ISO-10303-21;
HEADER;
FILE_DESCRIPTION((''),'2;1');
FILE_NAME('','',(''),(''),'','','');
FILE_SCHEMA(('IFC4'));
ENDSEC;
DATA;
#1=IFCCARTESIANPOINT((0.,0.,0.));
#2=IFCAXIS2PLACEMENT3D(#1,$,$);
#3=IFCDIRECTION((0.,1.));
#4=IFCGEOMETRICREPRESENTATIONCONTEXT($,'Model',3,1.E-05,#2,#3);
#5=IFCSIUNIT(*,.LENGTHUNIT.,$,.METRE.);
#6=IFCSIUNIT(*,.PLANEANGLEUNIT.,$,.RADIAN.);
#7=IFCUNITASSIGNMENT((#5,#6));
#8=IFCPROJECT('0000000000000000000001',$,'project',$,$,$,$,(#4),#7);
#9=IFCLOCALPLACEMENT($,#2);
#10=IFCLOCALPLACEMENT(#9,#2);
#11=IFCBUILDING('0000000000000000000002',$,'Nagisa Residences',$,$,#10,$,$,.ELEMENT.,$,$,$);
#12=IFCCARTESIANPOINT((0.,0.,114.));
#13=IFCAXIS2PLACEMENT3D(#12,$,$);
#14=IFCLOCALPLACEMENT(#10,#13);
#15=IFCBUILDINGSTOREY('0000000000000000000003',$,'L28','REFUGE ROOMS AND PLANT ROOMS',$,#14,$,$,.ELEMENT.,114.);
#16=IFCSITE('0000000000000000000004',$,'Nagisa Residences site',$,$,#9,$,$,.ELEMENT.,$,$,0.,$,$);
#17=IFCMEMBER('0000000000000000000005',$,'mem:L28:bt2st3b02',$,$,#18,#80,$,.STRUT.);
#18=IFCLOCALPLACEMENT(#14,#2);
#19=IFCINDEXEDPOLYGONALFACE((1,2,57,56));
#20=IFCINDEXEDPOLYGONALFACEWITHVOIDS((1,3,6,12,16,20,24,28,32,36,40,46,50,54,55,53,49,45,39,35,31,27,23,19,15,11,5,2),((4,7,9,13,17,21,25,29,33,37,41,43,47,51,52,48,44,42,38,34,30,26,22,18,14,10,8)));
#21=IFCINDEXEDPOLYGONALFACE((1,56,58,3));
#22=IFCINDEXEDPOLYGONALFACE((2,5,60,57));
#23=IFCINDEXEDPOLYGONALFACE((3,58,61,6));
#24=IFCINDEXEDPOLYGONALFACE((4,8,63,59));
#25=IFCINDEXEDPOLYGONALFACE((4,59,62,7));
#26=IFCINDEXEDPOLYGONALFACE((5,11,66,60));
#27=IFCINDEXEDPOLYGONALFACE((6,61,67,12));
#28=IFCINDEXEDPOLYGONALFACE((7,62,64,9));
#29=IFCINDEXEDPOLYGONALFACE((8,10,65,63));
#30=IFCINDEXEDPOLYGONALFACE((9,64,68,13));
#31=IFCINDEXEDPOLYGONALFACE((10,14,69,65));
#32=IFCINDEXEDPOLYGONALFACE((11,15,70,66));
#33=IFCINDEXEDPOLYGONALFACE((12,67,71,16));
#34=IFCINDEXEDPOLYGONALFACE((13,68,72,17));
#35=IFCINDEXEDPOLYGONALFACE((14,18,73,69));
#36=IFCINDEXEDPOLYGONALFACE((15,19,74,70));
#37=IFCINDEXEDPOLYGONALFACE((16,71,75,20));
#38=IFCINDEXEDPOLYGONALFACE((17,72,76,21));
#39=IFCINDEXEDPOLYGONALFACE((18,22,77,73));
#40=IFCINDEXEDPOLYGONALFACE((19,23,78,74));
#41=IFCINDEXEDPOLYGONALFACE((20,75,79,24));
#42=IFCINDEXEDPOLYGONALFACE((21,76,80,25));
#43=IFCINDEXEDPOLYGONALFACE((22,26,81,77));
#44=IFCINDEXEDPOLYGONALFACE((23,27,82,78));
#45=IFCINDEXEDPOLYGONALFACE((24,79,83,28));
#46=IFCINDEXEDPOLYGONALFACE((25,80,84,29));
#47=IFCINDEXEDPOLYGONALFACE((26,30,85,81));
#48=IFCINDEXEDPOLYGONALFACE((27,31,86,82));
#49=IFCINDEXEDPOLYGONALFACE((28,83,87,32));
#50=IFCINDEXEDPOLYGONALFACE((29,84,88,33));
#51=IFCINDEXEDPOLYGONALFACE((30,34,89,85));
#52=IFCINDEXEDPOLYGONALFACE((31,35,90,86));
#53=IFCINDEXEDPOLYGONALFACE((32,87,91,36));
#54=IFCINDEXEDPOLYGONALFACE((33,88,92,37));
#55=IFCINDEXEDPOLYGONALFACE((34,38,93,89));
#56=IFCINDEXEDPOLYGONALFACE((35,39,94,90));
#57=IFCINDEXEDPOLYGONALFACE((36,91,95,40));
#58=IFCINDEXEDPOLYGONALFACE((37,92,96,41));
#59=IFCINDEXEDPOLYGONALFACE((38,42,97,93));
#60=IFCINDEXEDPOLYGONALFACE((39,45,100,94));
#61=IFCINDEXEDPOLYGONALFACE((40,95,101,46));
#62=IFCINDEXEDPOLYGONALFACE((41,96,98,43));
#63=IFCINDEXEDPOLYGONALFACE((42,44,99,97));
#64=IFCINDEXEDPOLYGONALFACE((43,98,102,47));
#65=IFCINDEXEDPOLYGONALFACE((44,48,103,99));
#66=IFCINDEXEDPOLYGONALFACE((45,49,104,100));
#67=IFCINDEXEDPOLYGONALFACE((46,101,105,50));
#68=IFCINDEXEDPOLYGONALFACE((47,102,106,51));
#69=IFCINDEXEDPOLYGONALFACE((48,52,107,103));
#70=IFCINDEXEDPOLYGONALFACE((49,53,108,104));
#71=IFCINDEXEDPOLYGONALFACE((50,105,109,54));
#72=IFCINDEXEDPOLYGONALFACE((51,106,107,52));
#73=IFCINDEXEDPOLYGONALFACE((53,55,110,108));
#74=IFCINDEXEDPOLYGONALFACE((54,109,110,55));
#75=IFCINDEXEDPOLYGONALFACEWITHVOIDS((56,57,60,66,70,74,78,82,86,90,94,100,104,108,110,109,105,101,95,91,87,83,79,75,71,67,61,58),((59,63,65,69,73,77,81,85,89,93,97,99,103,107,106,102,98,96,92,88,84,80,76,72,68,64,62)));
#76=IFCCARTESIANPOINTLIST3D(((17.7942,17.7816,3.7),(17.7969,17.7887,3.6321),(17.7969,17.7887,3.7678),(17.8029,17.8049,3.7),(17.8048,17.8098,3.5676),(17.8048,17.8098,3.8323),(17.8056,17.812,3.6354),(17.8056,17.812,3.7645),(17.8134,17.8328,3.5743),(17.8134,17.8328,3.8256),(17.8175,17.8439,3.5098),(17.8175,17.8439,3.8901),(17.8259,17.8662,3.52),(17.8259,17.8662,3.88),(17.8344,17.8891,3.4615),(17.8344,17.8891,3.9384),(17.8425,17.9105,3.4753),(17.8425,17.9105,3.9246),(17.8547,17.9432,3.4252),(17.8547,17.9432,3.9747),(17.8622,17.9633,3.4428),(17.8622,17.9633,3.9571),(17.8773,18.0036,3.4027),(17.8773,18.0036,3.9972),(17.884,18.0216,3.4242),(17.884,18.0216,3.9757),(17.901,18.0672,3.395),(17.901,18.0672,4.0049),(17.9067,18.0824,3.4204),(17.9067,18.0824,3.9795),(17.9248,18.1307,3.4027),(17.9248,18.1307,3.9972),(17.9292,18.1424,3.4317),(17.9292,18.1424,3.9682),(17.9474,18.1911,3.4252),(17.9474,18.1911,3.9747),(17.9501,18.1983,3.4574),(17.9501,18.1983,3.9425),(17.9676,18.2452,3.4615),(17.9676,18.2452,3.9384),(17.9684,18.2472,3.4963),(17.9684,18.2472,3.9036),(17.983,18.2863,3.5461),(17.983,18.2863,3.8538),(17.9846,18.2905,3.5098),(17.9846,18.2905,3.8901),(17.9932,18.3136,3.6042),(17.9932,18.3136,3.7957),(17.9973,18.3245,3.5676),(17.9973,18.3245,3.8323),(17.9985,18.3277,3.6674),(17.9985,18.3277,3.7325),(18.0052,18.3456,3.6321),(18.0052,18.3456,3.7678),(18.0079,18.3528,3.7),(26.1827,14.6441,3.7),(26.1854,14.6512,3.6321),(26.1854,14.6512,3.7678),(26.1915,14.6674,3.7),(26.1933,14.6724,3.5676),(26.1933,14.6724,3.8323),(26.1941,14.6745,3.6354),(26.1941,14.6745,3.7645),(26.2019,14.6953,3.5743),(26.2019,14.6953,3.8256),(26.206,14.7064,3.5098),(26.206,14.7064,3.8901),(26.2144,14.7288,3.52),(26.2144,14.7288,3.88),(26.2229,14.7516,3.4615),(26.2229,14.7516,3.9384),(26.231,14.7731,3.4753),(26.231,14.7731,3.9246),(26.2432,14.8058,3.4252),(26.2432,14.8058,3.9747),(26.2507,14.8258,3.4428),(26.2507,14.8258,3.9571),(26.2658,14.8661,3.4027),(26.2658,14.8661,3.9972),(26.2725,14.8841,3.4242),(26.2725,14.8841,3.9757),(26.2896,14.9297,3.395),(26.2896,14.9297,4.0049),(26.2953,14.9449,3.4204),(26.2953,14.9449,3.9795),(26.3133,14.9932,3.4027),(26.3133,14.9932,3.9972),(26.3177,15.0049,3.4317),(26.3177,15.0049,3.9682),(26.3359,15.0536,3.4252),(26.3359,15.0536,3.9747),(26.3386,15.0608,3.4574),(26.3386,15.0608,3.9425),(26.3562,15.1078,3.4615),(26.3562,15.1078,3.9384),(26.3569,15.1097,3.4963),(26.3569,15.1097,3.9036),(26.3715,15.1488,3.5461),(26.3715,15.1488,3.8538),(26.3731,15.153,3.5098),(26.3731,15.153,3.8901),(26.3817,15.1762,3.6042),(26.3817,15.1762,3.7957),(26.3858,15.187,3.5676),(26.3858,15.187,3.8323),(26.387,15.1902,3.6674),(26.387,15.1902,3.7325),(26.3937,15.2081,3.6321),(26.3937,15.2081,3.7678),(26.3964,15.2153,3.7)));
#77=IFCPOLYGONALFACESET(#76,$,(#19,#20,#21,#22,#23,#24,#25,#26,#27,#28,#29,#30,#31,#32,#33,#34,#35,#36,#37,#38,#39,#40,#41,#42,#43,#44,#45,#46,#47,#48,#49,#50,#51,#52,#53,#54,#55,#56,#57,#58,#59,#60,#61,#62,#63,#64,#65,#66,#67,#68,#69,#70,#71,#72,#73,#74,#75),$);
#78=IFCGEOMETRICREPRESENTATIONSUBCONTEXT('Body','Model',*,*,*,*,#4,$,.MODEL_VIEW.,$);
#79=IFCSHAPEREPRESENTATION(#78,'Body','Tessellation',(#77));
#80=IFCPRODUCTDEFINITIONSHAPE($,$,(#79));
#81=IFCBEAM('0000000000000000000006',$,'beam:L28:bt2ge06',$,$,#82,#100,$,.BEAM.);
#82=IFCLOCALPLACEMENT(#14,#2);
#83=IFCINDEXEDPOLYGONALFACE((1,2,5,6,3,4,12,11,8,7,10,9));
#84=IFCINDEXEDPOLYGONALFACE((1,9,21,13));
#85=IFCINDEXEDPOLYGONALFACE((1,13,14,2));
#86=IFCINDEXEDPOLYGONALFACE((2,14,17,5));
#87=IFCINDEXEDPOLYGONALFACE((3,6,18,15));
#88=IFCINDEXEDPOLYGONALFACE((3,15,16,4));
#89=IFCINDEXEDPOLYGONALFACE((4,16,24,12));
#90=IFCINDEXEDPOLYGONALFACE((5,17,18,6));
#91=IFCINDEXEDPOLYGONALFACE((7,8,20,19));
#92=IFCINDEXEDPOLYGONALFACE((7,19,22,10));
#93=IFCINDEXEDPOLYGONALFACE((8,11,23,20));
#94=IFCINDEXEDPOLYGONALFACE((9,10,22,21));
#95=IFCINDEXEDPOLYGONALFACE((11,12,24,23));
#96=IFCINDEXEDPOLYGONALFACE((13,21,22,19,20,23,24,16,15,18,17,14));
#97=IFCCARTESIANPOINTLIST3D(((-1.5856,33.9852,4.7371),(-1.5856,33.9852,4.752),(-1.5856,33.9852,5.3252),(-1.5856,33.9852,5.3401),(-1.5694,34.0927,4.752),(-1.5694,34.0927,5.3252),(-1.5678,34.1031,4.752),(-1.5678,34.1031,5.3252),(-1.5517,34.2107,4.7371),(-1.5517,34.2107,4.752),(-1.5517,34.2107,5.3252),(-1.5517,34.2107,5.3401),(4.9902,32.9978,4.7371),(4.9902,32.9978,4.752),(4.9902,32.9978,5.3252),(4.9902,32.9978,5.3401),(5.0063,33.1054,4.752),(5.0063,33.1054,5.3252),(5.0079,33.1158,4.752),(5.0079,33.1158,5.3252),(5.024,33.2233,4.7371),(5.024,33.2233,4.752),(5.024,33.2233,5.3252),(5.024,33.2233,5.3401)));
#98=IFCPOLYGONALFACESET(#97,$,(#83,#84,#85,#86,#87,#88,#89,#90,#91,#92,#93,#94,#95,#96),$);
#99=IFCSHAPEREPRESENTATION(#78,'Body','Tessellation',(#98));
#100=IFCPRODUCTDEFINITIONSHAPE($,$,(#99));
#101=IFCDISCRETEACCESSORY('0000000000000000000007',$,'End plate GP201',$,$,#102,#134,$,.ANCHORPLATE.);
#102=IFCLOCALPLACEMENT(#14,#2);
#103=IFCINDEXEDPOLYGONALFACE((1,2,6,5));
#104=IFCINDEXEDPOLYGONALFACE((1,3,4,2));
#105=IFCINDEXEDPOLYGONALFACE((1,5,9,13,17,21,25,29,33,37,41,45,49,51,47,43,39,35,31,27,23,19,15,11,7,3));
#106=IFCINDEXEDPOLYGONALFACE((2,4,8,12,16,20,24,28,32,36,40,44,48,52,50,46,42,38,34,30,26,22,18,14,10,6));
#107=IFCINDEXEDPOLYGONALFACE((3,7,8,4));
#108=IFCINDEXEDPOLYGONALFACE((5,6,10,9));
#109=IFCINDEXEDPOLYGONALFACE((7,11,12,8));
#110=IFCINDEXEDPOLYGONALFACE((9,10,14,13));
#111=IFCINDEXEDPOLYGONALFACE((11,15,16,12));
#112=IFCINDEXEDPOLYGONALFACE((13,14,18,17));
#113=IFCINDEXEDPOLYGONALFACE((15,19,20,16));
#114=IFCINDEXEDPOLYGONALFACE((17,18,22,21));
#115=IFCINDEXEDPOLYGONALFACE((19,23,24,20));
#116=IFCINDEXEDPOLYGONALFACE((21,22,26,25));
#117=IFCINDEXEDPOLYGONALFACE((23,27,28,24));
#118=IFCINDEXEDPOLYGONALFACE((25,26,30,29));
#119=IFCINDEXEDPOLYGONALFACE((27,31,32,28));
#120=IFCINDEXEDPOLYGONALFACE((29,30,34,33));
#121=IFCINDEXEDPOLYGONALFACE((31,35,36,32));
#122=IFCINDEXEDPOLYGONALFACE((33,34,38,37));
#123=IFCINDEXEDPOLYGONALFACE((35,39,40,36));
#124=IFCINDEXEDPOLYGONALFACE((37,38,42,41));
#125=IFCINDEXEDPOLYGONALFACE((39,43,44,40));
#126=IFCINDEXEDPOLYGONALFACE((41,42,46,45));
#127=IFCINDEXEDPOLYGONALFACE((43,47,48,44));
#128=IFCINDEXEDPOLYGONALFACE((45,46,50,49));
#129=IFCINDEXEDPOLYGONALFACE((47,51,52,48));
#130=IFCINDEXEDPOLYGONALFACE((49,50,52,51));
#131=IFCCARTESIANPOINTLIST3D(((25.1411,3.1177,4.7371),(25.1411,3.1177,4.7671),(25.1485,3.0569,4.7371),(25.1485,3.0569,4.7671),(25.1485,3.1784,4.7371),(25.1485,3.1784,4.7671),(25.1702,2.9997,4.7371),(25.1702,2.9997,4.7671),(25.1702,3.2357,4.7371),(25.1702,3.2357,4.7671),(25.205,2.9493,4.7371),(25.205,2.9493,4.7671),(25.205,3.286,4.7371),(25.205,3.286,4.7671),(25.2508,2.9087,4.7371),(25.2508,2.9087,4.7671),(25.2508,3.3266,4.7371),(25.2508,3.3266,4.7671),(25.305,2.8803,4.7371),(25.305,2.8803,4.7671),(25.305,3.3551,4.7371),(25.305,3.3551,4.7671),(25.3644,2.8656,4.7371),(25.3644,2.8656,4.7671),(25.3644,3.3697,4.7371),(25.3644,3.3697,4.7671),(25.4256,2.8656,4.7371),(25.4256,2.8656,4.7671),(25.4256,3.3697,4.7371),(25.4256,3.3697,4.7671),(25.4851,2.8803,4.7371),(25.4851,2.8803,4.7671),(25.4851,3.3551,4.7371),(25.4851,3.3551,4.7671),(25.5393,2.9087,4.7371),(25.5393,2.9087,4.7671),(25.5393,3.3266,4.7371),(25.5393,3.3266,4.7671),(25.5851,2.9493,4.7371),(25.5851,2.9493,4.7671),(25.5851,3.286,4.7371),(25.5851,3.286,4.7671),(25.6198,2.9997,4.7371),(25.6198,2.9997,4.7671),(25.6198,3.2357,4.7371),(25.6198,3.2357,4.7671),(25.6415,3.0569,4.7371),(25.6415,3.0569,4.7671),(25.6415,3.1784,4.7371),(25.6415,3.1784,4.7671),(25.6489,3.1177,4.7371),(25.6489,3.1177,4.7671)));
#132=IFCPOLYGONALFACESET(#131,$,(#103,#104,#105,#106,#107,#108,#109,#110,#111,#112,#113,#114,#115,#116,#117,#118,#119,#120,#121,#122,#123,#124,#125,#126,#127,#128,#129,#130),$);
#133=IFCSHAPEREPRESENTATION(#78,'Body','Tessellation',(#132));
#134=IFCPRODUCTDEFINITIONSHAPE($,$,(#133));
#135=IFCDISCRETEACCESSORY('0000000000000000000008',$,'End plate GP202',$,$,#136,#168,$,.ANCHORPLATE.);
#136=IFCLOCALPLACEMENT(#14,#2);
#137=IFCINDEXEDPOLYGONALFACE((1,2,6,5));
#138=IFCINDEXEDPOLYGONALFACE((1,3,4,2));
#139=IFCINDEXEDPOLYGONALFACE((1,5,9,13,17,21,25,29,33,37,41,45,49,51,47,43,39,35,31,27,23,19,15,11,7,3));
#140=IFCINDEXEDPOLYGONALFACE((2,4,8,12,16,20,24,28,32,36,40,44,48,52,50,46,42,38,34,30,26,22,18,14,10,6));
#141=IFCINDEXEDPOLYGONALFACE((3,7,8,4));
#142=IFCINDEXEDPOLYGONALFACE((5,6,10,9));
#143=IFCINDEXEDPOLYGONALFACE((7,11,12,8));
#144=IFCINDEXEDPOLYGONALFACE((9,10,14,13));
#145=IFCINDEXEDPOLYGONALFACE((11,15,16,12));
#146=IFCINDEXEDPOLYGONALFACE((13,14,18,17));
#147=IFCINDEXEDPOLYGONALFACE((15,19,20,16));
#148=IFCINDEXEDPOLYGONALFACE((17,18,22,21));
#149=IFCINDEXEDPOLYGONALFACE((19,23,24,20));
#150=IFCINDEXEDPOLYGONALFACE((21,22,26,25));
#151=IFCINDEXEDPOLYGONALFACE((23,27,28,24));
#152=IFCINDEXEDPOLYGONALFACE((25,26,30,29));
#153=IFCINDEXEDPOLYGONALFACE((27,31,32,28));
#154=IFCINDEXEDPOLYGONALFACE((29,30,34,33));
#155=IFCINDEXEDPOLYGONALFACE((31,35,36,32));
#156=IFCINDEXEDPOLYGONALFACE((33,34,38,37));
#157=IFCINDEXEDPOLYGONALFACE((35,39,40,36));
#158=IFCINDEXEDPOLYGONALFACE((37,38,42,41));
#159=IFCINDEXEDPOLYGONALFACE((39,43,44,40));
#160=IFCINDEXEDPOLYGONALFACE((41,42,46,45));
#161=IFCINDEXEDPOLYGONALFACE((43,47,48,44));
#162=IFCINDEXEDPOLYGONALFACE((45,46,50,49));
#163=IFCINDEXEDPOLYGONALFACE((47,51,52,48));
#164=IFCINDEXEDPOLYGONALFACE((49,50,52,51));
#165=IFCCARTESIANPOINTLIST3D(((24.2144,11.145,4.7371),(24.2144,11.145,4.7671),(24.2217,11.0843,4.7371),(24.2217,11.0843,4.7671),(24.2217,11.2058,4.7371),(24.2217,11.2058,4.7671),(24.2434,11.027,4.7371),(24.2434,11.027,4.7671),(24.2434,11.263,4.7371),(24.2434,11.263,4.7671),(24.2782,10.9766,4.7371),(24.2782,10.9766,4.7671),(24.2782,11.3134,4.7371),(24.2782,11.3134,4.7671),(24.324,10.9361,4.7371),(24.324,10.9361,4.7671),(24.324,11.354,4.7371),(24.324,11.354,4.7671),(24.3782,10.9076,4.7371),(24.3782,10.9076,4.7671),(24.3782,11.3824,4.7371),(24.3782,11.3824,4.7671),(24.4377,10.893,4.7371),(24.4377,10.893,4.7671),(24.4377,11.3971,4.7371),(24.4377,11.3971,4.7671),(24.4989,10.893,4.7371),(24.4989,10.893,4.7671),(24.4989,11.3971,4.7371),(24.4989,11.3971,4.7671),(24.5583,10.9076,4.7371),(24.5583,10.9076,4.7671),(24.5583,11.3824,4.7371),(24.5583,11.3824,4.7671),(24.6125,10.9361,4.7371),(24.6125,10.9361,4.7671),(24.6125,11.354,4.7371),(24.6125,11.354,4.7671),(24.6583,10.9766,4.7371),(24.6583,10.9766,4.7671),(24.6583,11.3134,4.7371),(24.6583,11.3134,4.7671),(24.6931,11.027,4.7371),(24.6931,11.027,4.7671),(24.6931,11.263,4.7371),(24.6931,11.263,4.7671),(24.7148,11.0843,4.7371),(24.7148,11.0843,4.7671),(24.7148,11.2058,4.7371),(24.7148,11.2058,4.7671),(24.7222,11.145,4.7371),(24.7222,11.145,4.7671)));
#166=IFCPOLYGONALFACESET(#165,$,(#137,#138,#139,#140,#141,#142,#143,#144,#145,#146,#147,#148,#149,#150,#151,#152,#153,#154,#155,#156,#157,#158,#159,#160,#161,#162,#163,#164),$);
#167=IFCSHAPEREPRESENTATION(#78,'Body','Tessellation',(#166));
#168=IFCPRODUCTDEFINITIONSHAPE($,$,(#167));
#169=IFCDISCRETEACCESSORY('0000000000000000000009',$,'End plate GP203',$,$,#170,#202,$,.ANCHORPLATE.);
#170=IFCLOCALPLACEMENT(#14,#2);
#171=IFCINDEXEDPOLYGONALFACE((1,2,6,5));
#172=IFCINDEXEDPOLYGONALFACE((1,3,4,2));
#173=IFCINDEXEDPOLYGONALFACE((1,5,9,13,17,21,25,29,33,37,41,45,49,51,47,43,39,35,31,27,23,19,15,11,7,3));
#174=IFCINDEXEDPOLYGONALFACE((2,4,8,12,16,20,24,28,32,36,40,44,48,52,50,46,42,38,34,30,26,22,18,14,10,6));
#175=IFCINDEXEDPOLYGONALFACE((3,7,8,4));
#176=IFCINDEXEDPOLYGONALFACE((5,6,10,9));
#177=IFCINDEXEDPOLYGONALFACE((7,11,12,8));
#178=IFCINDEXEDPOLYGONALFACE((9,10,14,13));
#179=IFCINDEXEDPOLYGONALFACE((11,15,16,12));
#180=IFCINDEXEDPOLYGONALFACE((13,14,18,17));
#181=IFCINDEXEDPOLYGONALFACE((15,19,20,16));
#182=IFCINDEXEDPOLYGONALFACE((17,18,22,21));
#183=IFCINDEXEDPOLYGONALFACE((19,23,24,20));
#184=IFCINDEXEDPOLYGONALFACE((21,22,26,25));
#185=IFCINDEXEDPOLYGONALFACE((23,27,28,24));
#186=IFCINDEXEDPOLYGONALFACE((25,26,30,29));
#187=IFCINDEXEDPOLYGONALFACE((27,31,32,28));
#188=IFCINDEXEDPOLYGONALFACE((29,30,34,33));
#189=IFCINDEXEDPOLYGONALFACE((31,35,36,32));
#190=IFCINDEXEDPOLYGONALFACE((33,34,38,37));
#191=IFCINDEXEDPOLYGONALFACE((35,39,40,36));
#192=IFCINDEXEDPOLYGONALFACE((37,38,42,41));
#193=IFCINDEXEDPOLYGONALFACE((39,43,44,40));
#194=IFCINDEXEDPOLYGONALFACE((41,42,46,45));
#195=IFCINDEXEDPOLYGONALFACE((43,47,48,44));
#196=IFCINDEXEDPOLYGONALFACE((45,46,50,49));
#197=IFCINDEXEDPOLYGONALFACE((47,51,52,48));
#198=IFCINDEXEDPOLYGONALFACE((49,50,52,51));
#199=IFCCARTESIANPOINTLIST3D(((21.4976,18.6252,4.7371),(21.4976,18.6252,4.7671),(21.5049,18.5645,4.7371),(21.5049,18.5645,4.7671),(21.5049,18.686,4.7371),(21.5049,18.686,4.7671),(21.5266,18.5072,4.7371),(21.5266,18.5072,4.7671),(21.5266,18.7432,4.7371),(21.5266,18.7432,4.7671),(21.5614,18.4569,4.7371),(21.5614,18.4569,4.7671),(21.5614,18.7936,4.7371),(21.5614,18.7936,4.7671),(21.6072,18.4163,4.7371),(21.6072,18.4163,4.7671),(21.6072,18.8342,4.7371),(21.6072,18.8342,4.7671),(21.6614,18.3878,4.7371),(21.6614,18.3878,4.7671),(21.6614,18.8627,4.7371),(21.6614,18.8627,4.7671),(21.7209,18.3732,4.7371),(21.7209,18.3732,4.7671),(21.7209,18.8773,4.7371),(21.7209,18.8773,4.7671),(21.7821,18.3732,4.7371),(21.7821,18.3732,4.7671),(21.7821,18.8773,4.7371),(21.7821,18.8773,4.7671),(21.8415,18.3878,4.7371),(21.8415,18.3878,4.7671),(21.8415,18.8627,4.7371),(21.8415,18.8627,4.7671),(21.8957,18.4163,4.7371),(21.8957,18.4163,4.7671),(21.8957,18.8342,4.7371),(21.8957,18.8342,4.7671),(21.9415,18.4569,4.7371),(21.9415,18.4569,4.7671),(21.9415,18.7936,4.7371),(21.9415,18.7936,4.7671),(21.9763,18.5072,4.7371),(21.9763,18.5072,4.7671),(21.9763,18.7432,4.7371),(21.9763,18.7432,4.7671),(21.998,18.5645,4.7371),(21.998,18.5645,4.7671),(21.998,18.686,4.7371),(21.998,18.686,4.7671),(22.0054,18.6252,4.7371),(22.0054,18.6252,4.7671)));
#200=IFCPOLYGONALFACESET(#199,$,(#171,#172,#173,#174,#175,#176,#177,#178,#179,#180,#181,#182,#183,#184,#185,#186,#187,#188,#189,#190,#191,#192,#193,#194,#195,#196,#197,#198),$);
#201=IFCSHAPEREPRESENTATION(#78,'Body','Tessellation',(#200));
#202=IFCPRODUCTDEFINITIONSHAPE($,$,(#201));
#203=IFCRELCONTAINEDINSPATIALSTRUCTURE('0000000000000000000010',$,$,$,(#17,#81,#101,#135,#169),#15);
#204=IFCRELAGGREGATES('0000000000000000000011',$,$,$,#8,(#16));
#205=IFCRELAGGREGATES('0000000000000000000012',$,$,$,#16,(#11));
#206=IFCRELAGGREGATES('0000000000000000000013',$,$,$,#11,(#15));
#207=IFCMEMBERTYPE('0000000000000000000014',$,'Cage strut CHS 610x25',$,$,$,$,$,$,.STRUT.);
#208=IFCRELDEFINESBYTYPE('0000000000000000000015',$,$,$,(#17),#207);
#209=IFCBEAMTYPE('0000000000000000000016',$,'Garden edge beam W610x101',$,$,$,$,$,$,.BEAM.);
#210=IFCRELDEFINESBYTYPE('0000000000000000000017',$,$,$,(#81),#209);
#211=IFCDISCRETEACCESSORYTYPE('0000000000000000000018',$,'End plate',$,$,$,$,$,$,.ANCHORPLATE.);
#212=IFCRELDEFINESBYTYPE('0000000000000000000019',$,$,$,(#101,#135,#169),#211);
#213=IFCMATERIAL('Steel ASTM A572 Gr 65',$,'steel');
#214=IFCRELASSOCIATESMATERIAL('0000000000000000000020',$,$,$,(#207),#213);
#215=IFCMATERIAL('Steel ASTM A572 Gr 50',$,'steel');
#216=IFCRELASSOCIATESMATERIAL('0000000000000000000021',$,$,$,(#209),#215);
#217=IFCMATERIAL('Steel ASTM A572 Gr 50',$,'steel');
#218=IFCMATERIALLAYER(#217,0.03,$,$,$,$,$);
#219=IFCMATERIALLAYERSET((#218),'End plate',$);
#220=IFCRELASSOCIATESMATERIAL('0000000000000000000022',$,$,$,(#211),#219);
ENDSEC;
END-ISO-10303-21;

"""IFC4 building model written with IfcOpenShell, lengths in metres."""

from ifc_helpers import new_model, si_unit, direction, frame, origin, origin_2d, place, context, subcontext, project, spatial, circle, hollow_circle, i_section, extrude, material, layer, layer_set, material_profile, profile_set, type_object, element, save


model = new_model("IFC4")

# Units and contexts
model_context = context("Model", 3, precision=1e-05, world=origin(), true_north=direction((0.0, 1.0)))
body_context = subcontext(model_context, "Body", "Model", "MODEL_VIEW")
ifc_project = project(units=[si_unit("LENGTHUNIT", "METRE"), si_unit("PLANEANGLEUNIT", "RADIAN")], contexts=[model_context])

# Site, building, storey
site_placement = place(None, origin())
site = spatial("IfcSite", under=ifc_project, at=site_placement, Name="Nagisa Residences site", CompositionType="ELEMENT", RefElevation=0.0)
building_placement = place(site_placement, origin())
building = spatial("IfcBuilding", under=site, at=building_placement, Name="Nagisa Residences", CompositionType="ELEMENT")
storey_placement = place(building_placement, frame((0.0, 0.0, 114.0)))
storey = spatial("IfcBuildingStorey", under=building, at=storey_placement, Name="L28", Description="REFUGE ROOMS AND PLANT ROOMS", CompositionType="ELEMENT", Elevation=114.0)

# Member
ifc_material_1 = material(Name="Steel ASTM A572 Gr 65", Category="steel")
ifc_material_profile_1 = material_profile(ifc_material_1, hollow_circle(Radius=0.3049, WallThickness=0.0249, at=origin_2d()), Name="CHS 610x25")
ifc_profile_set_1 = profile_set([ifc_material_profile_1], Name="Steel ASTM A572 Gr 65")
member_type_1 = type_object("IfcMemberType", Name="Cage strut CHS 610x25", PredefinedType="STRUT", material=ifc_profile_set_1)
member_1_placement = place(storey_placement, frame((26.2896, 14.9297, 3.7), z_axis=(-0.93663, 0.35032, 0.0), x_axis=(-0.35032, -0.93663, 0.0)))
element("IfcMember", 1, at=member_1_placement, inside=storey, type_object=member_type_1, Name="mem:L28:bt2st3b02", PredefinedType="STRUT", context=body_context, shape_type="SweptSolid", body=[
    extrude(hollow_circle(Radius=0.3049, WallThickness=0.0249, at=origin_2d()), origin(), (0.0, 0.0, 1.0), 8.9561),
])

# Beam
ifc_material_2 = material(Name="Steel ASTM A572 Gr 50", Category="steel")
ifc_material_profile_2 = material_profile(ifc_material_2, i_section(OverallWidth=0.228, OverallDepth=0.603, WebThickness=0.0105, FlangeThickness=0.0149, at=origin_2d()), Name="W610x101")
ifc_profile_set_2 = profile_set([ifc_material_profile_2], Name="Steel ASTM A572 Gr 50")
beam_type_1 = type_object("IfcBeamType", Name="Garden edge beam W610x101", PredefinedType="BEAM", material=ifc_profile_set_2)
beam_1_placement = place(storey_placement, frame((5.0071, 33.1106, 5.0386), z_axis=(-0.988915, 0.14848, 0.0), x_axis=(-0.14848, -0.988915, 0.0)))
element("IfcBeam", 2, at=beam_1_placement, inside=storey, type_object=beam_type_1, Name="beam:L28:bt2ge06", PredefinedType="BEAM", context=body_context, shape_type="SweptSolid", body=[
    extrude(i_section(OverallWidth=0.228, OverallDepth=0.603, WebThickness=0.0105, FlangeThickness=0.0149, at=origin_2d()), origin(), (0.0, 0.0, 1.0), 6.6494),
])

# Discrete accessories
ifc_material_3 = material(Name="Steel ASTM A572 Gr 50", Category="steel")
ifc_layer_1 = layer(ifc_material_3, 0.03)
ifc_layer_set_1 = layer_set([ifc_layer_1], Name="End plate")
discrete_accessory_type_1 = type_object("IfcDiscreteAccessoryType", Name="End plate", PredefinedType="ANCHORPLATE", material=ifc_layer_set_1)
for number, where, z_axis, x_axis, name in (
    (3, (25.395, 3.1177, 4.7371), (0.0, 0.0, 1.0), (1.0, 0.0, 0.0), "End plate GP201"),
    (4, (24.4683, 11.145, 4.7371), (0.0, 0.0, 1.0), (1.0, 0.0, 0.0), "End plate GP202"),
    (5, (21.7515, 18.6252, 4.7371), (0.0, 0.0, 1.0), (1.0, 0.0, 0.0), "End plate GP203"),
):
    element("IfcDiscreteAccessory", number, at=place(storey_placement, frame(where, z_axis=z_axis, x_axis=x_axis)), inside=storey, type_object=discrete_accessory_type_1, Name=name, PredefinedType="ANCHORPLATE", context=body_context, shape_type="SweptSolid", body=[
        extrude(circle(Radius=0.2539, at=origin_2d()), origin(), (0.0, 0.0, 1.0), 0.03),
    ])

save(model, "model.ifc")
